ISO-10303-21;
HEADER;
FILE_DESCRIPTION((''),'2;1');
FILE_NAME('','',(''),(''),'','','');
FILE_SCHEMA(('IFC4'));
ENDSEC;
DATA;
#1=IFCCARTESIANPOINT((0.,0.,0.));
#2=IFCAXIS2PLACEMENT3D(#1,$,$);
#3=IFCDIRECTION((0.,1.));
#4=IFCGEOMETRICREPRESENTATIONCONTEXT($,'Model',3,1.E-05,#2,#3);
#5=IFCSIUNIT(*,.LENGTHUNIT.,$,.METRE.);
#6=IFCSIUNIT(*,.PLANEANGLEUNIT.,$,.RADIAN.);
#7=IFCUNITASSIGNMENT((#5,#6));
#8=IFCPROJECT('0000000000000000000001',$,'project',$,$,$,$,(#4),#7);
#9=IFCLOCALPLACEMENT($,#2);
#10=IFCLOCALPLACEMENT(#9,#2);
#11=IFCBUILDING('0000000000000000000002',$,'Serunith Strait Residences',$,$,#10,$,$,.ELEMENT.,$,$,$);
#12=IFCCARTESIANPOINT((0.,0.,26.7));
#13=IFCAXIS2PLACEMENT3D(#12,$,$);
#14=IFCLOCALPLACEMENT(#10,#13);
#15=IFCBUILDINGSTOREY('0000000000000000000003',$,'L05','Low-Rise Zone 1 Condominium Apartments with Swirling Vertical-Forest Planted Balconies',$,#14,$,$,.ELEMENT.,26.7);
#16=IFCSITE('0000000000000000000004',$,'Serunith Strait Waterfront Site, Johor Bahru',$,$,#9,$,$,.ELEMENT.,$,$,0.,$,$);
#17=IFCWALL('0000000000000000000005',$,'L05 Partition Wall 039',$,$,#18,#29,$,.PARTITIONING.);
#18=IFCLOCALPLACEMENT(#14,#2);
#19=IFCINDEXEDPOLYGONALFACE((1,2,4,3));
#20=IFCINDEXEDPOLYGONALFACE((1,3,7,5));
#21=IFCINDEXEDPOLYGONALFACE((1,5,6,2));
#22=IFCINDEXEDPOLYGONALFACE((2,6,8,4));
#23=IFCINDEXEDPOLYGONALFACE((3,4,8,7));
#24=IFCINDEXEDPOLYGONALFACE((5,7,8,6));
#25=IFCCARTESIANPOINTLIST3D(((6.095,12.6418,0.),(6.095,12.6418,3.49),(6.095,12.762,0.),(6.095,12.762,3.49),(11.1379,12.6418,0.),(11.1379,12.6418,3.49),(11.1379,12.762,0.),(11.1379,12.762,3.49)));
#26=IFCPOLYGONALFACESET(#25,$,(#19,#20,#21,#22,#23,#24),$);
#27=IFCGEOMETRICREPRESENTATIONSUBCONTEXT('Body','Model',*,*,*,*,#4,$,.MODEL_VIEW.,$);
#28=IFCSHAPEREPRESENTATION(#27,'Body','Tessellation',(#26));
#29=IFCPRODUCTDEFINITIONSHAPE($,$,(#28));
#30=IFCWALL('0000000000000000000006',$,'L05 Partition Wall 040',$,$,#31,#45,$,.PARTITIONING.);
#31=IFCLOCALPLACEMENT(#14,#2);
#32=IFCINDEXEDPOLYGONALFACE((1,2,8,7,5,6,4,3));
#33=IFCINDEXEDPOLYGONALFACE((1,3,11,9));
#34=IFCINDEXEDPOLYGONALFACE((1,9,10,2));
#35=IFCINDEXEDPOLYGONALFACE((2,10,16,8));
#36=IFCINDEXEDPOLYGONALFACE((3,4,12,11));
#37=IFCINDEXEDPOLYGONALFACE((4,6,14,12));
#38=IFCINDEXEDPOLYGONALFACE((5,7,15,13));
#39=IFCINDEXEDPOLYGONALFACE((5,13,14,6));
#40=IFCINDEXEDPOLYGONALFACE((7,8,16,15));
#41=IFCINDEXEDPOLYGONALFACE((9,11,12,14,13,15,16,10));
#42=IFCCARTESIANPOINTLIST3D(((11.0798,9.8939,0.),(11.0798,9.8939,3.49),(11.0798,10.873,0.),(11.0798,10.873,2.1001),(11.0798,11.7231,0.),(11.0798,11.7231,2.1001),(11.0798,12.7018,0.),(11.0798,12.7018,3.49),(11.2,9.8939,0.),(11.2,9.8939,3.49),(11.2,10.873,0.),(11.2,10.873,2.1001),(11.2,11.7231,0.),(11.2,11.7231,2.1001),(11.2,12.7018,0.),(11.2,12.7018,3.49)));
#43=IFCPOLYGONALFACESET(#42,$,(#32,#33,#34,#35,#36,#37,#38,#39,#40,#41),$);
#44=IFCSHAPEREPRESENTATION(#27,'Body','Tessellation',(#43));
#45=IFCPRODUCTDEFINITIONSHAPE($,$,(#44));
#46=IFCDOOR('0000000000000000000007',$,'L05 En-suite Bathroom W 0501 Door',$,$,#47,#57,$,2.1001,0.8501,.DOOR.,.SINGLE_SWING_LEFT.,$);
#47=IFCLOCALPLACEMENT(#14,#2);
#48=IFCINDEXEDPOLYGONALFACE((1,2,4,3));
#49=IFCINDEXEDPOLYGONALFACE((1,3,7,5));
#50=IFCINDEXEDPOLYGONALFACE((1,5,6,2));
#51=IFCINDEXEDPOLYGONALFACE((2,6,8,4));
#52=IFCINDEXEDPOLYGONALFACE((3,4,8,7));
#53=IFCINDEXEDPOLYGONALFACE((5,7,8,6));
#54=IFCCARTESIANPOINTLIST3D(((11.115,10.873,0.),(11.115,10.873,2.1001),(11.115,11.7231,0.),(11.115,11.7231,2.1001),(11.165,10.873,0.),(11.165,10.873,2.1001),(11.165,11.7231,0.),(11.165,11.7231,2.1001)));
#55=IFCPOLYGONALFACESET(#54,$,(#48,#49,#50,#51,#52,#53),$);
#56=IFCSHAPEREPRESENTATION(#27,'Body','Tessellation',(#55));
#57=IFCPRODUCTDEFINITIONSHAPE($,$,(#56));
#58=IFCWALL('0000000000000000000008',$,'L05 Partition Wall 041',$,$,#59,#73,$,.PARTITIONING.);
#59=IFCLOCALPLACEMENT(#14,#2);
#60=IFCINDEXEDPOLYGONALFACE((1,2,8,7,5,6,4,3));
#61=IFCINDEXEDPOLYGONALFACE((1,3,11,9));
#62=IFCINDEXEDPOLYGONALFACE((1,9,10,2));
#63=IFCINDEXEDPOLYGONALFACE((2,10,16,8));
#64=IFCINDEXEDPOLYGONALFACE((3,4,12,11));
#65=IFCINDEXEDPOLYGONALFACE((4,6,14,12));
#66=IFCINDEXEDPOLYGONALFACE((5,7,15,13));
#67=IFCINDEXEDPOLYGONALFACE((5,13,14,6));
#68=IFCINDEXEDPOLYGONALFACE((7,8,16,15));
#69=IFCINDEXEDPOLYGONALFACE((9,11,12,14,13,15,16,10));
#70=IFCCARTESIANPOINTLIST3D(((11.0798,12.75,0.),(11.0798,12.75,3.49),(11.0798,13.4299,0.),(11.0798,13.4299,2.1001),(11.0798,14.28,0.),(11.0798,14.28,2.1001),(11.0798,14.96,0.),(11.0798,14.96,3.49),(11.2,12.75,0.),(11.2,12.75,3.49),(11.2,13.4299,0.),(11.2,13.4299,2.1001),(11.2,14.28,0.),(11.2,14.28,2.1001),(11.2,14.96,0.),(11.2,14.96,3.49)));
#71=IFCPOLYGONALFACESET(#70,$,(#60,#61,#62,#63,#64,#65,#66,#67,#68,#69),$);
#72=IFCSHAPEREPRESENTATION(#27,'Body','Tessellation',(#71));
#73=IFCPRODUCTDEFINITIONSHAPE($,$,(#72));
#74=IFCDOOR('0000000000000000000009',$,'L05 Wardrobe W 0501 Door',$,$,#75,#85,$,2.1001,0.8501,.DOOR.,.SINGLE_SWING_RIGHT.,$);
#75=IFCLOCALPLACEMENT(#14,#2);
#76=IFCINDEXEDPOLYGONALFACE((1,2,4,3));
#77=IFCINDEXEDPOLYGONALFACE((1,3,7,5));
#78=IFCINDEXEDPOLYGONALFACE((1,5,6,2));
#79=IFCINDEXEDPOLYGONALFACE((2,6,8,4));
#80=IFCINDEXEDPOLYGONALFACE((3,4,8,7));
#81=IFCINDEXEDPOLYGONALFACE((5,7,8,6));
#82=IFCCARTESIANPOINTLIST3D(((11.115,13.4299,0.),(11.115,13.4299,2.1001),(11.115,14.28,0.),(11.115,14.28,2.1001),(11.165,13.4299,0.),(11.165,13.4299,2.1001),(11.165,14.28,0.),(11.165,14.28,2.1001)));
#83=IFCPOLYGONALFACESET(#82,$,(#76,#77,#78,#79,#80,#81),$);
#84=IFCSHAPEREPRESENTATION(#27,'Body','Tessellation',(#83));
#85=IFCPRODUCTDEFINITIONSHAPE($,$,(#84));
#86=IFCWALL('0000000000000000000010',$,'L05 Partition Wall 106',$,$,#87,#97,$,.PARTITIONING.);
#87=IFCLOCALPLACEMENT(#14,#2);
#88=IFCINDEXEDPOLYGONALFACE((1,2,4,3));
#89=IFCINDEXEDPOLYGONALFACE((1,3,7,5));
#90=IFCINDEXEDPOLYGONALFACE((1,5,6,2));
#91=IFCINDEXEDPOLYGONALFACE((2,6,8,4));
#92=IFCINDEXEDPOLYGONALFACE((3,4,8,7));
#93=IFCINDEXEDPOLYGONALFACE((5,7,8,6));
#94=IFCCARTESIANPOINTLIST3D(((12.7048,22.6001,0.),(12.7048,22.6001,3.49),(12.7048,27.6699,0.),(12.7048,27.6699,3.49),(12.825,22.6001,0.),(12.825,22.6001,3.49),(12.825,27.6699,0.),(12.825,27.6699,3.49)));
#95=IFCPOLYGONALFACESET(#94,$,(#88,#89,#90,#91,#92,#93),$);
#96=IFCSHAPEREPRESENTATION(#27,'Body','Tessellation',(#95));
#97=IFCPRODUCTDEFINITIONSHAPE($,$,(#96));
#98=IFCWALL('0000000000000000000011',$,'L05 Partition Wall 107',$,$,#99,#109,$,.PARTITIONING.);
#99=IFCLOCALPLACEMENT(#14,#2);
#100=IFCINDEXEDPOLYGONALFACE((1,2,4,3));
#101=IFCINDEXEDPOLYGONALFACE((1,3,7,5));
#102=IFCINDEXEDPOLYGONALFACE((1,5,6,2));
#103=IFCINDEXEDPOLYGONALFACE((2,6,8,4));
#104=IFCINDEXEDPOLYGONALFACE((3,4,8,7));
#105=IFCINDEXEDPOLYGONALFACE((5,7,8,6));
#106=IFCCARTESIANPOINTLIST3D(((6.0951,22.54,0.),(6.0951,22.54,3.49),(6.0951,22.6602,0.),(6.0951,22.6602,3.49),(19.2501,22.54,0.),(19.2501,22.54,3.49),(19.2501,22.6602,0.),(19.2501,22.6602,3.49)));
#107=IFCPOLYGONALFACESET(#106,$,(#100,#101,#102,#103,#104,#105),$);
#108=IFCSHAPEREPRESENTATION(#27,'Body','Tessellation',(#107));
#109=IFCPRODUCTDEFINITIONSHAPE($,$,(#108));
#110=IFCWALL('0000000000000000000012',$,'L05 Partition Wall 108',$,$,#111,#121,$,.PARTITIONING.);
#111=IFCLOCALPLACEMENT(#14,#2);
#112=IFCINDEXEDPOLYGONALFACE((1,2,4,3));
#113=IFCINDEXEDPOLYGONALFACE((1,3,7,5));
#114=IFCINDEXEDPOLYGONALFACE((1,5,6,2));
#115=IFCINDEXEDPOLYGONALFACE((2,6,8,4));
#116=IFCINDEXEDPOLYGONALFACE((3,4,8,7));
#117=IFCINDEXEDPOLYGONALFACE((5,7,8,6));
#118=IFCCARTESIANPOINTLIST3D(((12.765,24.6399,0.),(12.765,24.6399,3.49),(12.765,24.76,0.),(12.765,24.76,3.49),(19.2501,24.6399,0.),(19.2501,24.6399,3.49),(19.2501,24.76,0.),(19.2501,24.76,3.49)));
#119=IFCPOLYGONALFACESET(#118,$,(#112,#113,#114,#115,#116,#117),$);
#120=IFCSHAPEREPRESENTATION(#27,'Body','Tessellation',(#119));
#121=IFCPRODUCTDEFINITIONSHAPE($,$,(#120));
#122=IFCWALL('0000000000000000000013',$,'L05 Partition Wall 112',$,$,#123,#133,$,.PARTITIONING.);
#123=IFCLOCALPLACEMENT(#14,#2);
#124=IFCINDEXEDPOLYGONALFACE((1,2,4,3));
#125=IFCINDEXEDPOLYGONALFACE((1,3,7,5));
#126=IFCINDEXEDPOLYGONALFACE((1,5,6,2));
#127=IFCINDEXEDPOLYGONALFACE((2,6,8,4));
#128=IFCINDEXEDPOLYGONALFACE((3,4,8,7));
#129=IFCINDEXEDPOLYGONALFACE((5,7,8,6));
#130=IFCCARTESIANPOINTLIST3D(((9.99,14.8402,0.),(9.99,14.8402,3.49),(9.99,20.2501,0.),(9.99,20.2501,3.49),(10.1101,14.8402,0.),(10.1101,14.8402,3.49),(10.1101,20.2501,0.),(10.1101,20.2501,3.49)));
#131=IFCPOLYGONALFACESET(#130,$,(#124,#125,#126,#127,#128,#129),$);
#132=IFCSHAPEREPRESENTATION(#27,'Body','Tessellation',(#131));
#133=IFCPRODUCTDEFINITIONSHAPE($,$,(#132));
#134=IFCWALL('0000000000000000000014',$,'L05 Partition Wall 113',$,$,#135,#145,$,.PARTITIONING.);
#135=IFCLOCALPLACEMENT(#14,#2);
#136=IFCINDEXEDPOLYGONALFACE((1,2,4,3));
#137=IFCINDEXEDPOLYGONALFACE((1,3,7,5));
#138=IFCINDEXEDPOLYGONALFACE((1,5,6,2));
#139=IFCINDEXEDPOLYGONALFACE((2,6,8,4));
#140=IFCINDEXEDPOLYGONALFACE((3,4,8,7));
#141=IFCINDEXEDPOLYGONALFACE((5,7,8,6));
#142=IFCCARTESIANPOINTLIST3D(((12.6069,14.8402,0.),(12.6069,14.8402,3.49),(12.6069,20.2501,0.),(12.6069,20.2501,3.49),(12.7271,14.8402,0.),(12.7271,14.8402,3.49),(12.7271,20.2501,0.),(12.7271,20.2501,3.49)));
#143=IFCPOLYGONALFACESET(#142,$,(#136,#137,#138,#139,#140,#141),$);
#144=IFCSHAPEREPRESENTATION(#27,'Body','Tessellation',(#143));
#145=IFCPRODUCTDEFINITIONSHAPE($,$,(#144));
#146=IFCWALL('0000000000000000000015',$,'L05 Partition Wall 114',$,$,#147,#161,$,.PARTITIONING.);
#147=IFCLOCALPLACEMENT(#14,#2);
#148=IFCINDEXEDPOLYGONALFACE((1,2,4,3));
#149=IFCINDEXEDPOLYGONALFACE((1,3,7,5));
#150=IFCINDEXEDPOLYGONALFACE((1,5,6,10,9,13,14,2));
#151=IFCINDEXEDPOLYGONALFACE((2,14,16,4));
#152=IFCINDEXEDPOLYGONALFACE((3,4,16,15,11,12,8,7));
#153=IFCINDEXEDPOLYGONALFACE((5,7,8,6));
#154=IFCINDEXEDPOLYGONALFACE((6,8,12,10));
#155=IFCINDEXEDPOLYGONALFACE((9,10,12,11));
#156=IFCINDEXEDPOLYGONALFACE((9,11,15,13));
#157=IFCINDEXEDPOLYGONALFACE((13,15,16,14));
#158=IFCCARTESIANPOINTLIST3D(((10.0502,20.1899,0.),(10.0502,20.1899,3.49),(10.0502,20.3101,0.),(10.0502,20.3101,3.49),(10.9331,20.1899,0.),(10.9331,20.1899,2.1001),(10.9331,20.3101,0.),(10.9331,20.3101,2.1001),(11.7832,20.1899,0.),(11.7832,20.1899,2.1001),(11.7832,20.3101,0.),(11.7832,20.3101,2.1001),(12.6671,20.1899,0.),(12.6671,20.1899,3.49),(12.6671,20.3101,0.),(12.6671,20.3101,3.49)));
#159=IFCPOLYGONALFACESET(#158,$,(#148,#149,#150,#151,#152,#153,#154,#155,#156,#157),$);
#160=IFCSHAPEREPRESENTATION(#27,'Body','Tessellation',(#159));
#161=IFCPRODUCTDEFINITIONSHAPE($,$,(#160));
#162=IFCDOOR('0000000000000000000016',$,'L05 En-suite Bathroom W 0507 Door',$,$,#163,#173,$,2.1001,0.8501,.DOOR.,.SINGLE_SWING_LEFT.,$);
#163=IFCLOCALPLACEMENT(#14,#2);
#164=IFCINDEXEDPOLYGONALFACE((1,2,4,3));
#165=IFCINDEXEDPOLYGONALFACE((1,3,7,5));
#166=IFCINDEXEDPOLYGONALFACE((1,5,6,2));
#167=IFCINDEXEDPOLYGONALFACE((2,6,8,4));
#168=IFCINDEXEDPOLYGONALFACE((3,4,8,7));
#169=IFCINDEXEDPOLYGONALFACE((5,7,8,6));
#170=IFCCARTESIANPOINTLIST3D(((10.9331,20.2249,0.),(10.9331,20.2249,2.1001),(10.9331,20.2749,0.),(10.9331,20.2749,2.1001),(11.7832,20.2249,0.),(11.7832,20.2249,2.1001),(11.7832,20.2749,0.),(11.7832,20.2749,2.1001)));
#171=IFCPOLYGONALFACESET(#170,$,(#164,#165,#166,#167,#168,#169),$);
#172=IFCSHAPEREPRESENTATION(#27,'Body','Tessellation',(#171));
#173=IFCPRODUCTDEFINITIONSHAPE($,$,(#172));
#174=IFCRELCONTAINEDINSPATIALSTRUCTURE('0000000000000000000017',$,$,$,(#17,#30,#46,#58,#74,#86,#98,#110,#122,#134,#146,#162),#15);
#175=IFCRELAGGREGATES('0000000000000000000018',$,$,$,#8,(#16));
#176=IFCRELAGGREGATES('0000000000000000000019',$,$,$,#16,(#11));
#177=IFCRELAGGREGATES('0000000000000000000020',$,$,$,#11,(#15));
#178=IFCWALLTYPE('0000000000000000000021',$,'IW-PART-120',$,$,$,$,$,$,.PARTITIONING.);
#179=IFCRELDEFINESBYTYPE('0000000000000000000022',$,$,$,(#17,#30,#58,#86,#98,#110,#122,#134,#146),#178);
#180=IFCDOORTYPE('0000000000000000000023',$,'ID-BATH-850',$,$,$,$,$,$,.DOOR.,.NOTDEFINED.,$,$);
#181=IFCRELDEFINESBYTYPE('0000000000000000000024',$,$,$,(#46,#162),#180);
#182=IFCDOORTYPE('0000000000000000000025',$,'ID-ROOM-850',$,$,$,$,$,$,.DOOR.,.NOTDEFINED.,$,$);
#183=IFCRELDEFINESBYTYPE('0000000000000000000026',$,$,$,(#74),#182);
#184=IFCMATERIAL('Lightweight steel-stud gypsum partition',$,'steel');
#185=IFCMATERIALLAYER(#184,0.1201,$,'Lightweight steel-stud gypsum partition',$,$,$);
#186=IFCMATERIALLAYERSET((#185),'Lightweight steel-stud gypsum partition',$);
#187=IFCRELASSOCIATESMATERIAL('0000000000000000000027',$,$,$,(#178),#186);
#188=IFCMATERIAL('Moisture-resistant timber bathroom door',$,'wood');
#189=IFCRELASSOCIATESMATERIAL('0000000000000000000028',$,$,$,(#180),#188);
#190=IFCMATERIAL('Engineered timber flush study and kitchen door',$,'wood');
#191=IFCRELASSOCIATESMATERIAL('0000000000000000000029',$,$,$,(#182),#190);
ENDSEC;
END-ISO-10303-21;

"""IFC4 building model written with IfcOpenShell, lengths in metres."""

from ifc_helpers import new_model, si_unit, direction, frame, frame_2d, origin, place, context, subcontext, project, spatial, rectangle, extrude, source, transform, mapped, material, layer, layer_set, type_object, element, fill, save


model = new_model("IFC4")

# Units and contexts
model_context = context("Model", 3, precision=1e-05, world=origin(), true_north=direction((0.0, 1.0)))
body_context = subcontext(model_context, "Body", "Model", "MODEL_VIEW")
ifc_project = project(units=[si_unit("LENGTHUNIT", "METRE"), si_unit("PLANEANGLEUNIT", "RADIAN")], contexts=[model_context])

# Site, building, storey
site_placement = place(None, origin())
site = spatial("IfcSite", under=ifc_project, at=site_placement, Name="Serunith Strait Waterfront Site, Johor Bahru", CompositionType="ELEMENT", RefElevation=0.0)
building_placement = place(site_placement, origin())
building = spatial("IfcBuilding", under=site, at=building_placement, Name="Serunith Strait Residences", CompositionType="ELEMENT")
storey_placement = place(building_placement, frame((0.0, 0.0, 26.7)))
storey = spatial("IfcBuildingStorey", under=building, at=storey_placement, Name="L05", Description="Low-Rise Zone 1 Condominium Apartments with Swirling Vertical-Forest Planted Balconies", CompositionType="ELEMENT", Elevation=26.7)

# Shared definitions
ifc_material_1 = material(Name="Lightweight steel-stud gypsum partition", Category="steel")
ifc_layer_1 = layer(ifc_material_1, 0.1201, Name="Lightweight steel-stud gypsum partition")
ifc_layer_set_1 = layer_set([ifc_layer_1], Name="Lightweight steel-stud gypsum partition")
wall_type_1 = type_object("IfcWallType", Name="IW-PART-120", PredefinedType="PARTITIONING", material=ifc_layer_set_1)
ifc_material_2 = material(Name="Moisture-resistant timber bathroom door", Category="wood")
door_type_1 = type_object("IfcDoorType", Name="ID-BATH-850", OperationType="NOTDEFINED", PredefinedType="DOOR", material=ifc_material_2)
shared_shape_1 = source(origin(), body_context, "Body", "SweptSolid", [
    extrude(rectangle(XDim=0.8501, YDim=2.1001, at=frame_2d((0.425, 1.05))), frame((0.0, 0.0249, 0.0), z_axis=(0.0, -1.0, 0.0), x_axis=(1.0, 0.0, 0.0)), (0.0, 0.0, 1.0), 0.05),
])

# Wall
wall_1_placement = place(storey_placement, frame((6.095, 12.7019, 0.0), z_axis=(0.0, 0.0, 1.0), x_axis=(1.0, 0.0, 0.0)))
element("IfcWall", 1, at=wall_1_placement, inside=storey, type_object=wall_type_1, Name="L05 Partition Wall 039", PredefinedType="PARTITIONING", context=body_context, shape_type="SweptSolid", body=[
    extrude(rectangle(XDim=5.043, YDim=0.1201, at=frame_2d((2.5215, 0.0))), origin(), (0.0, 0.0, 1.0), 3.49),
])

# Walls, openings, doors
wall_2_placement = place(storey_placement, frame((11.1399, 9.894, 0.0), z_axis=(0.0, 0.0, 1.0), x_axis=(0.0, 1.0, 0.0)))
wall_2 = element("IfcWall", 2, at=wall_2_placement, inside=storey, type_object=wall_type_1, Name="L05 Partition Wall 040", PredefinedType="PARTITIONING", context=body_context, shape_type="SweptSolid", body=[
    extrude(rectangle(XDim=2.8079, YDim=0.1201, at=frame_2d((1.4038, 0.0))), origin(), (0.0, 0.0, 1.0), 3.49),
])
opening_1_placement = place(wall_2_placement, frame((0.979, 0.0, 0.0)))
opening_1 = element("IfcOpeningElement", 3, at=opening_1_placement, cuts=wall_2, PredefinedType="OPENING", context=body_context, shape_type="SweptSolid", body=[
    extrude(rectangle(XDim=0.8501, YDim=2.1001, at=frame_2d((0.425, 1.05))), frame((0.0, 0.0701, 0.0), z_axis=(0.0, -1.0, 0.0), x_axis=(1.0, 0.0, 0.0)), (0.0, 0.0, 1.0), 0.1401),
])
door_1_placement = place(opening_1_placement, origin())
door_1 = element("IfcDoor", 4, at=door_1_placement, inside=storey, type_object=door_type_1, Name="L05 En-suite Bathroom W 0501 Door", OperationType="SINGLE_SWING_LEFT", OverallHeight=2.1001, OverallWidth=0.8501, PredefinedType="DOOR", context=body_context, shape_type="MappedRepresentation", body=[
    mapped(shared_shape_1, transform((0.0, 0.0, 0.0), scale=1.0)),
])
fill(opening_1, door_1)
wall_3_placement = place(storey_placement, frame((11.1399, 12.75, 0.0), z_axis=(0.0, 0.0, 1.0), x_axis=(0.0, 1.0, 0.0)))
wall_3 = element("IfcWall", 5, at=wall_3_placement, inside=storey, type_object=wall_type_1, Name="L05 Partition Wall 041", PredefinedType="PARTITIONING", context=body_context, shape_type="SweptSolid", body=[
    extrude(rectangle(XDim=2.21, YDim=0.1201, at=frame_2d((1.105, 0.0))), origin(), (0.0, 0.0, 1.0), 3.49),
])
opening_2_placement = place(wall_3_placement, frame((0.6799, 0.0, 0.0)))
opening_2 = element("IfcOpeningElement", 6, at=opening_2_placement, cuts=wall_3, PredefinedType="OPENING", context=body_context, shape_type="SweptSolid", body=[
    extrude(rectangle(XDim=0.8501, YDim=2.1001, at=frame_2d((0.425, 1.05))), frame((0.0, 0.0701, 0.0), z_axis=(0.0, -1.0, 0.0), x_axis=(1.0, 0.0, 0.0)), (0.0, 0.0, 1.0), 0.1401),
])
ifc_material_3 = material(Name="Engineered timber flush study and kitchen door", Category="wood")
door_type_2 = type_object("IfcDoorType", Name="ID-ROOM-850", OperationType="NOTDEFINED", PredefinedType="DOOR", material=ifc_material_3)
door_2_placement = place(opening_2_placement, origin())
door_2 = element("IfcDoor", 7, at=door_2_placement, inside=storey, type_object=door_type_2, Name="L05 Wardrobe W 0501 Door", OperationType="SINGLE_SWING_RIGHT", OverallHeight=2.1001, OverallWidth=0.8501, PredefinedType="DOOR", context=body_context, shape_type="MappedRepresentation", body=[
    mapped(shared_shape_1, transform((0.0, 0.0, 0.0), scale=1.0)),
])
fill(opening_2, door_2)

# Walls
wall_4_placement = place(storey_placement, frame((12.7649, 22.6001, 0.0), z_axis=(0.0, 0.0, 1.0), x_axis=(0.0, 1.0, 0.0)))
element("IfcWall", 8, at=wall_4_placement, inside=storey, type_object=wall_type_1, Name="L05 Partition Wall 106", PredefinedType="PARTITIONING", context=body_context, shape_type="SweptSolid", body=[
    extrude(rectangle(XDim=5.0698, YDim=0.1201, at=frame_2d((2.5349, 0.0))), origin(), (0.0, 0.0, 1.0), 3.49),
])
wall_5_placement = place(storey_placement, frame((6.095, 22.6001, 0.0), z_axis=(0.0, 0.0, 1.0), x_axis=(1.0, 0.0, 0.0)))
element("IfcWall", 9, at=wall_5_placement, inside=storey, type_object=wall_type_1, Name="L05 Partition Wall 107", PredefinedType="PARTITIONING", context=body_context, shape_type="SweptSolid", body=[
    extrude(rectangle(XDim=13.155, YDim=0.1201, at=frame_2d((6.5776, 0.0))), origin(), (0.0, 0.0, 1.0), 3.49),
])
wall_6_placement = place(storey_placement, frame((12.7649, 24.7, 0.0), z_axis=(0.0, 0.0, 1.0), x_axis=(1.0, 0.0, 0.0)))
element("IfcWall", 10, at=wall_6_placement, inside=storey, type_object=wall_type_1, Name="L05 Partition Wall 108", PredefinedType="PARTITIONING", context=body_context, shape_type="SweptSolid", body=[
    extrude(rectangle(XDim=6.4851, YDim=0.1201, at=frame_2d((3.2427, 0.0))), origin(), (0.0, 0.0, 1.0), 3.49),
])
for number, where, z_axis, x_axis, name in (
    (11, (10.05, 14.8401, 0.0), (0.0, 0.0, 1.0), (0.0, 1.0, 0.0), "L05 Partition Wall 112"),
    (12, (12.667, 14.8401, 0.0), (0.0, 0.0, 1.0), (0.0, 1.0, 0.0), "L05 Partition Wall 113"),
):
    element("IfcWall", number, at=place(storey_placement, frame(where, z_axis=z_axis, x_axis=x_axis)), inside=storey, type_object=wall_type_1, Name=name, PredefinedType="PARTITIONING", context=body_context, shape_type="SweptSolid", body=[
        extrude(rectangle(XDim=5.4099, YDim=0.1201, at=frame_2d((2.7051, 0.0))), origin(), (0.0, 0.0, 1.0), 3.49),
    ])

# Wall, opening, door
wall_7_placement = place(storey_placement, frame((10.05, 20.25, 0.0), z_axis=(0.0, 0.0, 1.0), x_axis=(1.0, 0.0, 0.0)))
wall_7 = element("IfcWall", 13, at=wall_7_placement, inside=storey, type_object=wall_type_1, Name="L05 Partition Wall 114", PredefinedType="PARTITIONING", context=body_context, shape_type="SweptSolid", body=[
    extrude(rectangle(XDim=2.6169, YDim=0.1201, at=frame_2d((1.3086, 0.0))), origin(), (0.0, 0.0, 1.0), 3.49),
])
opening_3_placement = place(wall_7_placement, frame((0.8831, 0.0, 0.0)))
opening_3 = element("IfcOpeningElement", 14, at=opening_3_placement, cuts=wall_7, PredefinedType="OPENING", context=body_context, shape_type="SweptSolid", body=[
    extrude(rectangle(XDim=0.8501, YDim=2.1001, at=frame_2d((0.425, 1.05))), frame((0.0, 0.0701, 0.0), z_axis=(0.0, -1.0, 0.0), x_axis=(1.0, 0.0, 0.0)), (0.0, 0.0, 1.0), 0.1401),
])
door_3_placement = place(opening_3_placement, origin())
door_3 = element("IfcDoor", 15, at=door_3_placement, inside=storey, type_object=door_type_1, Name="L05 En-suite Bathroom W 0507 Door", OperationType="SINGLE_SWING_LEFT", OverallHeight=2.1001, OverallWidth=0.8501, PredefinedType="DOOR", context=body_context, shape_type="MappedRepresentation", body=[
    mapped(shared_shape_1, transform((0.0, 0.0, 0.0), scale=1.0)),
])
fill(opening_3, door_3)

save(model, "model.ifc")
